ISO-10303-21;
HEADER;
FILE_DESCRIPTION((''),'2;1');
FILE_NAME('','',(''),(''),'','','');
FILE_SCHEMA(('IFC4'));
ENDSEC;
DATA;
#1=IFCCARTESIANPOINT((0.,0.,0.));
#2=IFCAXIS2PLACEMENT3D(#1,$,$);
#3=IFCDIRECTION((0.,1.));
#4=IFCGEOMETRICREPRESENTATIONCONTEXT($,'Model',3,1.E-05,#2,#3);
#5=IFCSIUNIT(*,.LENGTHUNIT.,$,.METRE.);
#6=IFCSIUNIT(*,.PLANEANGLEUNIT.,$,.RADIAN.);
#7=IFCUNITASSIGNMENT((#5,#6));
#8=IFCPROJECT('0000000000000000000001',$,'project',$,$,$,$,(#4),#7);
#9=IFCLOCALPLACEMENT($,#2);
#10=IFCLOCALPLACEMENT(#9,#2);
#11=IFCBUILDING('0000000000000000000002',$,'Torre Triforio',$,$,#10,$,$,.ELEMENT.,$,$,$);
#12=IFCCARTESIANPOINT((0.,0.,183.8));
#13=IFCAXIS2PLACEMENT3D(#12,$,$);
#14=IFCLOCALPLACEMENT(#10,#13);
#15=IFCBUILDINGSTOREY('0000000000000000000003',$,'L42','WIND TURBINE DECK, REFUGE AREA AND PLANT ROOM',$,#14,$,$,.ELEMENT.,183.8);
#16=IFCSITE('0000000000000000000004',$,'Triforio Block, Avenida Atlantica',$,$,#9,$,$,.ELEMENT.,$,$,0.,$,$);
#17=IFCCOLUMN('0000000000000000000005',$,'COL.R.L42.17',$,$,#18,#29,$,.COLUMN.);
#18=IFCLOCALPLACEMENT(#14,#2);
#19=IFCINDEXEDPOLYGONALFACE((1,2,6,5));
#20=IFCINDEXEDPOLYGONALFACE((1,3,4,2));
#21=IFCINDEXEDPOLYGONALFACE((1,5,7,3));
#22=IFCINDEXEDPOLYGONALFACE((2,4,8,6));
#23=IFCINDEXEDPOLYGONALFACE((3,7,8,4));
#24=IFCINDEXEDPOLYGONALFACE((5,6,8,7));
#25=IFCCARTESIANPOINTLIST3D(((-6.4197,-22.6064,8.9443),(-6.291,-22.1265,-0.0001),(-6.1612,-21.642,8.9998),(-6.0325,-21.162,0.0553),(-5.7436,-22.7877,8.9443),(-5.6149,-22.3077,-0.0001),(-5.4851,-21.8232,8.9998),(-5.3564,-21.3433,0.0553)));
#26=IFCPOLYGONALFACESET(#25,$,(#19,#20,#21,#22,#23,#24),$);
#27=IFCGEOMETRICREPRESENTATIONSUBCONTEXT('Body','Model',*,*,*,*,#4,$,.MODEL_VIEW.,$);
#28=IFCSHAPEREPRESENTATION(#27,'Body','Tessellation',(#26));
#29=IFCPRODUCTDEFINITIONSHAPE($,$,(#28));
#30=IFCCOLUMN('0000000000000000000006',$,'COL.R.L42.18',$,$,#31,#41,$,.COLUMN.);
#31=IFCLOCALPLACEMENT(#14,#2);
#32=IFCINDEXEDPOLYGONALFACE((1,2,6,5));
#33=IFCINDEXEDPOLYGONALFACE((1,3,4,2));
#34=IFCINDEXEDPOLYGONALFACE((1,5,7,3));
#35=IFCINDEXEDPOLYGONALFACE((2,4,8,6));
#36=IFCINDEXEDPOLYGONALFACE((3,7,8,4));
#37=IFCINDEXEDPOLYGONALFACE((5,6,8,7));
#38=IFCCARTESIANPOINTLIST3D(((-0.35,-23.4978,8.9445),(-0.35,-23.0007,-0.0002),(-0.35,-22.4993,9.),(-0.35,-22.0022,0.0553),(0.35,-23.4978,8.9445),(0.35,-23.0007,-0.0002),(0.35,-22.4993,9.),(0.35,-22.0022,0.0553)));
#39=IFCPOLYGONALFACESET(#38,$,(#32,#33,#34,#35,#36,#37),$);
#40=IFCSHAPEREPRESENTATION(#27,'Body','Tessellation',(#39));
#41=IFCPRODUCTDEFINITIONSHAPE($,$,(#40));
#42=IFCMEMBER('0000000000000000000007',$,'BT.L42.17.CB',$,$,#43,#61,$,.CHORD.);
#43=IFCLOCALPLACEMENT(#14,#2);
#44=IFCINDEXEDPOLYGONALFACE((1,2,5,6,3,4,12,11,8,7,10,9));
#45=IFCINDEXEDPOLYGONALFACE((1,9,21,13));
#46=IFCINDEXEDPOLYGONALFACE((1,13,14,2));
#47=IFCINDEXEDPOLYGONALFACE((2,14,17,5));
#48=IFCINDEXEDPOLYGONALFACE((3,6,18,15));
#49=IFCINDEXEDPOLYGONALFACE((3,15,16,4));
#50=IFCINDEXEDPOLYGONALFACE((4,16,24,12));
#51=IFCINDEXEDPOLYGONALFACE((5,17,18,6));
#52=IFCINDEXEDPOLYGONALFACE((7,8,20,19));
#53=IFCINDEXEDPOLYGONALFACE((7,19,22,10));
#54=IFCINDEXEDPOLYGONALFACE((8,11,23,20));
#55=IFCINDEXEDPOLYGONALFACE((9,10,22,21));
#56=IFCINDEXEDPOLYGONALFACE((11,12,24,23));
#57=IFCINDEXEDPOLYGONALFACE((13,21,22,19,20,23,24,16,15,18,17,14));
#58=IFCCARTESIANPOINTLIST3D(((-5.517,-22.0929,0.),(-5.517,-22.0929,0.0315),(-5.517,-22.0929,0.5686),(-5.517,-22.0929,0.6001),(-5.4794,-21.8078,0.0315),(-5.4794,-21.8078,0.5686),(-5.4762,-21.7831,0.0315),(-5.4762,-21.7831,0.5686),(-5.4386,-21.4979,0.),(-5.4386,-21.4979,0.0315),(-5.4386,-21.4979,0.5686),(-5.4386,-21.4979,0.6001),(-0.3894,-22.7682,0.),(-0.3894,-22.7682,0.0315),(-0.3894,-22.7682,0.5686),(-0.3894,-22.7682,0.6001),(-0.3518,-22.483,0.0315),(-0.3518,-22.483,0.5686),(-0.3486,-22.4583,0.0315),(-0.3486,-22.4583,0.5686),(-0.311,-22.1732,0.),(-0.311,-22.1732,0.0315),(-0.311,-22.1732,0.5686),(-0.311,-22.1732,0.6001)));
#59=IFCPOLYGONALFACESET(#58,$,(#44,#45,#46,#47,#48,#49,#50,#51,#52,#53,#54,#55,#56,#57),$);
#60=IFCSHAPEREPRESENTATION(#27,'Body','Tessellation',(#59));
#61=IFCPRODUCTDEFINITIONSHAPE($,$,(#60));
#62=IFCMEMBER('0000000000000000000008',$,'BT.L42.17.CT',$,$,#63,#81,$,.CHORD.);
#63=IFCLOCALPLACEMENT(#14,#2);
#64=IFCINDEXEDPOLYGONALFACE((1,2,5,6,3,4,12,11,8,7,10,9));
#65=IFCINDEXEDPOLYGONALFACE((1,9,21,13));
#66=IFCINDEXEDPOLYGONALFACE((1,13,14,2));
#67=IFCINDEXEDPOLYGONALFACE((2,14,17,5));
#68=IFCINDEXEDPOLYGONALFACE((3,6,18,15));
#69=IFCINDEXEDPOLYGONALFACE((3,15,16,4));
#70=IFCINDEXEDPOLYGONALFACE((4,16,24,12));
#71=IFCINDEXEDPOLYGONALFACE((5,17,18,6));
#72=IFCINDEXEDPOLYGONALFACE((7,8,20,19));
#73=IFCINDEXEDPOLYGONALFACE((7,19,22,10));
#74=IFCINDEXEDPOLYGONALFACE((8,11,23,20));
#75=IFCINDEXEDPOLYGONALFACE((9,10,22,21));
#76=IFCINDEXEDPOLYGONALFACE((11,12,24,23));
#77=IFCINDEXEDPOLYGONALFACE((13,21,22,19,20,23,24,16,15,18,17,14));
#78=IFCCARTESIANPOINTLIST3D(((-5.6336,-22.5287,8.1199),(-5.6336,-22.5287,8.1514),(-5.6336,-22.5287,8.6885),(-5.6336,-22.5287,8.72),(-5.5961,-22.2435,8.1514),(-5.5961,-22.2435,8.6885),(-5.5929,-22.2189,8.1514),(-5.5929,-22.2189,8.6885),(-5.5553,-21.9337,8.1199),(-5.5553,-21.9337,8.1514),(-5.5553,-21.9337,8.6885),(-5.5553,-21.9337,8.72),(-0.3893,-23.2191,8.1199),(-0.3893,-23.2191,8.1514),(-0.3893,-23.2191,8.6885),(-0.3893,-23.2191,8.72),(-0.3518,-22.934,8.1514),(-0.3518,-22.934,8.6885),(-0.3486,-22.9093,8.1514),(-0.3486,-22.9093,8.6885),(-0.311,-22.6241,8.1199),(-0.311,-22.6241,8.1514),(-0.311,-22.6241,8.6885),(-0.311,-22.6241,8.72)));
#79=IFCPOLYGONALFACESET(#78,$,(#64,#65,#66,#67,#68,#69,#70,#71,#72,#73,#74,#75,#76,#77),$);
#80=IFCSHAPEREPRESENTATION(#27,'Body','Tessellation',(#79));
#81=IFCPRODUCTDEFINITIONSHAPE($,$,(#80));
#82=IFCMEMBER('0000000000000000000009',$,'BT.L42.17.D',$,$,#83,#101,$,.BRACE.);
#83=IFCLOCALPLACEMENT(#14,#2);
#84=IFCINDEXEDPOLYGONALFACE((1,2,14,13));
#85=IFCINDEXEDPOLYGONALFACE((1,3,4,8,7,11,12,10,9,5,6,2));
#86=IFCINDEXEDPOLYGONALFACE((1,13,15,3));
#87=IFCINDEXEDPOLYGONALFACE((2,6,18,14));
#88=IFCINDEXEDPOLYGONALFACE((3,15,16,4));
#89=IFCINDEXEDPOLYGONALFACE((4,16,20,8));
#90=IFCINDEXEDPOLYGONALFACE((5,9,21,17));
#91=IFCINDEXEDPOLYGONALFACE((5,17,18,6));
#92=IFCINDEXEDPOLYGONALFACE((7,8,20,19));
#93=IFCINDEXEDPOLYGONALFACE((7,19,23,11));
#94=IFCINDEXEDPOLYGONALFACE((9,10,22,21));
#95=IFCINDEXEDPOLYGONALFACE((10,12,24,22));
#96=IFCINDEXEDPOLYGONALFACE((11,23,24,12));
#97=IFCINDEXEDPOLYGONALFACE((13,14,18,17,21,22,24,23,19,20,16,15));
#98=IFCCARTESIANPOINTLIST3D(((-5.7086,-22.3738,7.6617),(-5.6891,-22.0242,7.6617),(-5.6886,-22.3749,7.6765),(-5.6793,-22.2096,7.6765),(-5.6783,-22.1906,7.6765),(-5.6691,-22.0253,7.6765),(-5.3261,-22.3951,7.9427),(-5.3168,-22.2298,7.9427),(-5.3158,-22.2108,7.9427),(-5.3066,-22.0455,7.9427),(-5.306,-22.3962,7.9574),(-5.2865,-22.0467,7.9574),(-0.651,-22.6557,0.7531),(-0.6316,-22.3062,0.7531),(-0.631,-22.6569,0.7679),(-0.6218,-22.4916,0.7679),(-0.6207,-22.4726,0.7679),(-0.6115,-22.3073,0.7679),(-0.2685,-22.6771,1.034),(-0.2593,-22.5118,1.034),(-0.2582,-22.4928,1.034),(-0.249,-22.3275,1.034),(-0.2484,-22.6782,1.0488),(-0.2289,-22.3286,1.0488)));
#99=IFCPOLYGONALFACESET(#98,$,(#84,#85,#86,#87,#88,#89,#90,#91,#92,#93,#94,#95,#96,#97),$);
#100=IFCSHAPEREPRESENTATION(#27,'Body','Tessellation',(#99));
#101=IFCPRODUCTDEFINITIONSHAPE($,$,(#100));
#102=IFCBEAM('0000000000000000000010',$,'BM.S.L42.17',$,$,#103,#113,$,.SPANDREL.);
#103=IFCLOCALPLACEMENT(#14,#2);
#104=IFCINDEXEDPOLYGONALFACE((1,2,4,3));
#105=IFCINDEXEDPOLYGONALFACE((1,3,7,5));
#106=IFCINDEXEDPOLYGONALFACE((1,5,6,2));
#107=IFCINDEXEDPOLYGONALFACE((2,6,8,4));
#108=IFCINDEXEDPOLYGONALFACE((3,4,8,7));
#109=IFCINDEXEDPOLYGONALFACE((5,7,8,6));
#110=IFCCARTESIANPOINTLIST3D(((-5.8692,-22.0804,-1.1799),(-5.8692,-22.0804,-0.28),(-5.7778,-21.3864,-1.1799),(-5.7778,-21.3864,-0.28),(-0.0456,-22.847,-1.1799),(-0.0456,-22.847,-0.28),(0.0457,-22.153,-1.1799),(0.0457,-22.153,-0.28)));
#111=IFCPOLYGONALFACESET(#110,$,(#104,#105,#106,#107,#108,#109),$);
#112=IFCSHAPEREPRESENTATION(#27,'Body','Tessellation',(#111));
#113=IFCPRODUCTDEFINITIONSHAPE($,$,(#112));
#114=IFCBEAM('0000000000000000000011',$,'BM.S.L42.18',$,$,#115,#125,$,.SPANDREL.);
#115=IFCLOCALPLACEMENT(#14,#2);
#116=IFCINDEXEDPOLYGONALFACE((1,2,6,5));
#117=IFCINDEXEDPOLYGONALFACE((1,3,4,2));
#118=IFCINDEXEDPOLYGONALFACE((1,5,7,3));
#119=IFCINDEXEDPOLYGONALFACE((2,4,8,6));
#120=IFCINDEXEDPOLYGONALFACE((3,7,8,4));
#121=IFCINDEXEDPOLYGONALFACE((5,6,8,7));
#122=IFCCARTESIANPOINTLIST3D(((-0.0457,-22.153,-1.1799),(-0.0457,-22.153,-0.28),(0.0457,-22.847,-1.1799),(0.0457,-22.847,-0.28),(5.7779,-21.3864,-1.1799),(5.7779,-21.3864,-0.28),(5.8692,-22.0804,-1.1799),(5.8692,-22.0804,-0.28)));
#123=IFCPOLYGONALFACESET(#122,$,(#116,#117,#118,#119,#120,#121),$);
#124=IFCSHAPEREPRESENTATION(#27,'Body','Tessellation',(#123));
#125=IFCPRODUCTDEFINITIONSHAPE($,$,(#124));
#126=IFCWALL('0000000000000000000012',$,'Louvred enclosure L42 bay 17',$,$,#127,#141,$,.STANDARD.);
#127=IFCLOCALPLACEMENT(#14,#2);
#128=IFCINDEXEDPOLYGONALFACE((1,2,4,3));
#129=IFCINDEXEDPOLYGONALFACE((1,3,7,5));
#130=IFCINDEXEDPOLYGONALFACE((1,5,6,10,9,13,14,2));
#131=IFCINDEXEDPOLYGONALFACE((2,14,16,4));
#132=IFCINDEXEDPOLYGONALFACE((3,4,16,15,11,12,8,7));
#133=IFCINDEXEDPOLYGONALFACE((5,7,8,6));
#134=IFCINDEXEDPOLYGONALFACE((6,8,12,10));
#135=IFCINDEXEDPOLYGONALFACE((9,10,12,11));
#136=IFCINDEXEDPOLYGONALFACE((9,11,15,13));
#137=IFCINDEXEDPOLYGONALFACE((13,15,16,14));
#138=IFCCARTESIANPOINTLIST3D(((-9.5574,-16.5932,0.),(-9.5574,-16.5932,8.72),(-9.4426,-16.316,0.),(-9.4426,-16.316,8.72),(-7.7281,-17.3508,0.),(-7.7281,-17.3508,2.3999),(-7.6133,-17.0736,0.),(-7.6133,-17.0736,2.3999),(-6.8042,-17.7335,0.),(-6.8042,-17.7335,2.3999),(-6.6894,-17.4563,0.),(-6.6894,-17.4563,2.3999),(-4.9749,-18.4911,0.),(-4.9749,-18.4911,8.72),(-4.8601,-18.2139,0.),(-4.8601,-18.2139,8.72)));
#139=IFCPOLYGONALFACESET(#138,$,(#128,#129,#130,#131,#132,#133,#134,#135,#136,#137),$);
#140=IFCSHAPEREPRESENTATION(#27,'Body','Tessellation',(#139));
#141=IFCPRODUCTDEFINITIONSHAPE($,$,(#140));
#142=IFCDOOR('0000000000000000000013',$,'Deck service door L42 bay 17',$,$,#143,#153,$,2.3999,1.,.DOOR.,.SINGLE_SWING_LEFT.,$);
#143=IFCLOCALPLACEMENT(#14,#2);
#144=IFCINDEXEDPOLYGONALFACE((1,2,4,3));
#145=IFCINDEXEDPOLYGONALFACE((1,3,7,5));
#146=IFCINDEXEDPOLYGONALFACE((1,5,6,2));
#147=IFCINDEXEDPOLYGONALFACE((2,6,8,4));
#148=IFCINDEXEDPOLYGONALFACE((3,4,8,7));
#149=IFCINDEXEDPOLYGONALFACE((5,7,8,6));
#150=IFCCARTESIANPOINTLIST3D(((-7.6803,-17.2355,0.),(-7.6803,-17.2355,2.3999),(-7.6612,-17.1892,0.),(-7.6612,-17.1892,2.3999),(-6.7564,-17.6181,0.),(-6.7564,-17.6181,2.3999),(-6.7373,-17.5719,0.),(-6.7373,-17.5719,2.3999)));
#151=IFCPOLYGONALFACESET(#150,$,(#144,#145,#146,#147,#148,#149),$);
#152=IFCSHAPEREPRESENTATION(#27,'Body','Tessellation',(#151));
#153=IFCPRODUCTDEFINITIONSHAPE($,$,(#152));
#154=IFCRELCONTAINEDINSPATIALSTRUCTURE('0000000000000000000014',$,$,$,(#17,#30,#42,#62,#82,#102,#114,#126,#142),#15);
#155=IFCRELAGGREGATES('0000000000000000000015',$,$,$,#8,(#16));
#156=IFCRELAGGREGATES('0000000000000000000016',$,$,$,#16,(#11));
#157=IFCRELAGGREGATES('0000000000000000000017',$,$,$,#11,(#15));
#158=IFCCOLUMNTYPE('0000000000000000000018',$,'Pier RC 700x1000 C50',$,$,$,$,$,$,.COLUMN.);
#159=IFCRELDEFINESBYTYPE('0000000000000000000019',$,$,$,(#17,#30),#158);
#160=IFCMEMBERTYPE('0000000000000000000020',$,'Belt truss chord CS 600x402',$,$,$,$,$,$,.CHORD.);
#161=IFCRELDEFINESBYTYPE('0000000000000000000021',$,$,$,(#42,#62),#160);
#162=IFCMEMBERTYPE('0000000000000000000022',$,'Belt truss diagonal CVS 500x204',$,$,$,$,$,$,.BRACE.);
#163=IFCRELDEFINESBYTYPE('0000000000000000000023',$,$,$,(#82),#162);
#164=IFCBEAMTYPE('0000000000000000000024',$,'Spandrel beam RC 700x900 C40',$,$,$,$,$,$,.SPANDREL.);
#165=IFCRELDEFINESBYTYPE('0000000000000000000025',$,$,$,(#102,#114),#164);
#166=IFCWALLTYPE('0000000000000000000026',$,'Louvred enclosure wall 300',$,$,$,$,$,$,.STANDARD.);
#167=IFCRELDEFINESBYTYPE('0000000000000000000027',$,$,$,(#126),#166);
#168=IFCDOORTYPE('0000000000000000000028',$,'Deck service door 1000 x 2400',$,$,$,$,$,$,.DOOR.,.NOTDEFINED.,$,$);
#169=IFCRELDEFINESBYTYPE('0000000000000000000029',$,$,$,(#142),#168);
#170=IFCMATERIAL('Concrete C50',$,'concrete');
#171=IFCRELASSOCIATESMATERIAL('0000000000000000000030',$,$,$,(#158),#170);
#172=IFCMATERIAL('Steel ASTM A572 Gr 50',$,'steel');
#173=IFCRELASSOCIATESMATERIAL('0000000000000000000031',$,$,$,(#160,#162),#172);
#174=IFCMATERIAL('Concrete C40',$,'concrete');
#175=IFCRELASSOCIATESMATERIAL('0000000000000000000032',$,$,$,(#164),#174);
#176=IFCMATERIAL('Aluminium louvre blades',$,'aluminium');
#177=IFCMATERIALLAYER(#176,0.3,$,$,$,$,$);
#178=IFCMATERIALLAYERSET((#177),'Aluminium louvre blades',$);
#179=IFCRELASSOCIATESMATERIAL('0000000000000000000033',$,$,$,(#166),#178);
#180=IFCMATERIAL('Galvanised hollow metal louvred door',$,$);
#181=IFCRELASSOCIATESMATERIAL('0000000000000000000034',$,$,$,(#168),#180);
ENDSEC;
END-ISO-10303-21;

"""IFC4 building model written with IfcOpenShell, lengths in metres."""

from ifc_helpers import new_model, si_unit, direction, frame, frame_2d, origin, origin_2d, place, context, subcontext, project, spatial, rectangle, i_section, extrude, material, layer, layer_set, material_profile, profile_set, type_object, element, fill, save


model = new_model("IFC4")

# Units and contexts
model_context = context("Model", 3, precision=1e-05, world=origin(), true_north=direction((0.0, 1.0)))
body_context = subcontext(model_context, "Body", "Model", "MODEL_VIEW")
ifc_project = project(units=[si_unit("LENGTHUNIT", "METRE"), si_unit("PLANEANGLEUNIT", "RADIAN")], contexts=[model_context])

# Site, building, storey
site_placement = place(None, origin())
site = spatial("IfcSite", under=ifc_project, at=site_placement, Name="Triforio Block, Avenida Atlantica", CompositionType="ELEMENT", RefElevation=0.0)
building_placement = place(site_placement, origin())
building = spatial("IfcBuilding", under=site, at=building_placement, Name="Torre Triforio", CompositionType="ELEMENT")
storey_placement = place(building_placement, frame((0.0, 0.0, 183.8)))
storey = spatial("IfcBuildingStorey", under=building, at=storey_placement, Name="L42", Description="WIND TURBINE DECK, REFUGE AREA AND PLANT ROOM", CompositionType="ELEMENT", Elevation=183.8)

# Columns
ifc_material_1 = material(Name="Concrete C50", Category="concrete")
ifc_material_profile_1 = material_profile(ifc_material_1, rectangle(XDim=0.7, YDim=1.0, at=origin_2d()), Name="RC 700x1000")
ifc_profile_set_1 = profile_set([ifc_material_profile_1], Name="Concrete C50")
column_type = type_object("IfcColumnType", Name="Pier RC 700x1000 C50", PredefinedType="COLUMN", material=ifc_profile_set_1)
column_1_placement = place(storey_placement, frame((-5.8237, -21.7349, 0.0276), z_axis=(-0.014362, -0.053579, 0.99846), x_axis=(0.9659, -0.258916, 0.0)))
element("IfcColumn", 1, at=column_1_placement, inside=storey, type_object=column_type, Name="COL.R.L42.17", PredefinedType="COLUMN", context=body_context, shape_type="SweptSolid", body=[
    extrude(rectangle(XDim=0.7, YDim=1.0, at=origin_2d()), origin(), (0.0, 0.0, 1.0), 8.9583),
])
column_2_placement = place(storey_placement, frame((0.0, -22.5015, 0.0276), z_axis=(0.0, -0.055487, 0.998459), x_axis=(1.0, 0.0, 0.0)))
element("IfcColumn", 2, at=column_2_placement, inside=storey, type_object=column_type, Name="COL.R.L42.18", PredefinedType="COLUMN", context=body_context, shape_type="SweptSolid", body=[
    extrude(rectangle(XDim=0.7, YDim=1.0, at=origin_2d()), origin(), (0.0, 0.0, 1.0), 8.9585),
])

# Members
ifc_material_2 = material(Name="Steel ASTM A572 Gr 50", Category="steel")
ifc_material_profile_2 = material_profile(ifc_material_2, i_section(OverallWidth=0.6001, OverallDepth=0.6001, WebThickness=0.0249, FlangeThickness=0.0315, at=origin_2d()), Name="CS 600x402")
ifc_profile_set_2 = profile_set([ifc_material_profile_2], Name="Steel ASTM A572 Gr 50")
member_type_1 = type_object("IfcMemberType", Name="Belt truss chord CS 600x402", PredefinedType="CHORD", material=ifc_profile_set_2)
member_1_placement = place(storey_placement, frame((-5.4778, -21.7954, 0.3), z_axis=(0.991439, -0.130568, 0.0), x_axis=(0.130568, 0.991439, 0.0)))
element("IfcMember", 3, at=member_1_placement, inside=storey, type_object=member_type_1, Name="BT.L42.17.CB", PredefinedType="CHORD", context=body_context, shape_type="SweptSolid", body=[
    extrude(i_section(OverallWidth=0.6001, OverallDepth=0.6001, WebThickness=0.0249, FlangeThickness=0.0315, at=origin_2d()), origin(), (0.0, 0.0, 1.0), 5.1719),
])
member_2_placement = place(storey_placement, frame((-5.5945, -22.2312, 8.4199), z_axis=(0.991445, -0.130525, 0.0), x_axis=(0.130525, 0.991445, 0.0)))
element("IfcMember", 4, at=member_2_placement, inside=storey, type_object=member_type_1, Name="BT.L42.17.CT", PredefinedType="CHORD", context=body_context, shape_type="SweptSolid", body=[
    extrude(i_section(OverallWidth=0.6001, OverallDepth=0.6001, WebThickness=0.0249, FlangeThickness=0.0315, at=origin_2d()), origin(), (0.0, 0.0, 1.0), 5.2896),
])
ifc_material_profile_3 = material_profile(ifc_material_2, i_section(OverallWidth=0.3501, OverallDepth=0.5, WebThickness=0.019, FlangeThickness=0.0249, at=origin_2d()), Name="CVS 500x204")
ifc_profile_set_3 = profile_set([ifc_material_profile_3], Name="Steel ASTM A572 Gr 50")
member_type_2 = type_object("IfcMemberType", Name="Belt truss diagonal CVS 500x204", PredefinedType="BRACE", material=ifc_profile_set_3)
member_3_placement = place(storey_placement, frame((-5.4976, -22.2102, 7.8096), z_axis=(0.590378, -0.032916, -0.806455), x_axis=(0.055668, 0.998449, 0.0)))
element("IfcMember", 5, at=member_3_placement, inside=storey, type_object=member_type_2, Name="BT.L42.17.D", PredefinedType="BRACE", context=body_context, shape_type="SweptSolid", body=[
    extrude(i_section(OverallWidth=0.3501, OverallDepth=0.5, WebThickness=0.019, FlangeThickness=0.0249, at=origin_2d()), origin(), (0.0, 0.0, 1.0), 8.5667),
])

# Beams
ifc_material_3 = material(Name="Concrete C40", Category="concrete")
ifc_material_profile_4 = material_profile(ifc_material_3, rectangle(XDim=0.7, YDim=0.8999, at=origin_2d()), Name="RC 700x900")
ifc_profile_set_4 = profile_set([ifc_material_profile_4], Name="Concrete C40")
beam_type = type_object("IfcBeamType", Name="Spandrel beam RC 700x900 C40", PredefinedType="SPANDREL", material=ifc_profile_set_4)
for number, where, z_axis, x_axis, name in (
    (6, (-5.8235, -21.7334, -0.73), (0.991447, -0.130514, 0.0), (0.130514, 0.991447, 0.0), "BM.S.L42.17"),
    (7, (0.0, -22.5, -0.73), (0.991447, 0.130514, 0.0), (-0.130514, 0.991447, 0.0), "BM.S.L42.18"),
):
    element("IfcBeam", number, at=place(storey_placement, frame(where, z_axis=z_axis, x_axis=x_axis)), inside=storey, type_object=beam_type, Name=name, PredefinedType="SPANDREL", context=body_context, shape_type="SweptSolid", body=[
        extrude(rectangle(XDim=0.7, YDim=0.8999, at=origin_2d()), origin(), (0.0, 0.0, 1.0), 5.8738),
    ])

# Wall, opening, door
ifc_material_4 = material(Name="Aluminium louvre blades", Category="aluminium")
ifc_layer_1 = layer(ifc_material_4, 0.3)
ifc_layer_set_1 = layer_set([ifc_layer_1], Name="Aluminium louvre blades")
wall_type_1 = type_object("IfcWallType", Name="Louvred enclosure wall 300", PredefinedType="STANDARD", material=ifc_layer_set_1)
wall_1_placement = place(storey_placement, frame((-9.5, -16.4546, 0.0), z_axis=(0.0, 0.0, 1.0), x_axis=(0.923893, -0.38265, 0.0)))
wall_1 = element("IfcWall", 8, at=wall_1_placement, inside=storey, type_object=wall_type_1, Name="Louvred enclosure L42 bay 17", PredefinedType="STANDARD", context=body_context, shape_type="SweptSolid", body=[
    extrude(rectangle(XDim=4.96, YDim=0.3, at=frame_2d((2.48, 0.0))), origin(), (0.0, 0.0, 1.0), 8.72),
])
opening_1_placement = place(wall_1_placement, frame((1.98, 0.0, 0.0)))
opening_1 = element("IfcOpeningElement", 9, at=opening_1_placement, cuts=wall_1, PredefinedType="OPENING", context=body_context, shape_type="SweptSolid", body=[
    extrude(rectangle(XDim=1.0, YDim=2.3999, at=frame_2d((0.5, 1.2))), frame((0.0, 0.1599, 0.0), z_axis=(0.0, -1.0, 0.0), x_axis=(1.0, 0.0, 0.0)), (0.0, 0.0, 1.0), 0.3201),
])
ifc_material_5 = material(Name="Galvanised hollow metal louvred door")
door_type_1 = type_object("IfcDoorType", Name="Deck service door 1000 x 2400", OperationType="NOTDEFINED", PredefinedType="DOOR", material=ifc_material_5)
door_1_placement = place(opening_1_placement, origin())
door_1 = element("IfcDoor", 10, at=door_1_placement, inside=storey, type_object=door_type_1, Name="Deck service door L42 bay 17", OperationType="SINGLE_SWING_LEFT", OverallHeight=2.3999, OverallWidth=1.0, PredefinedType="DOOR", context=body_context, shape_type="SweptSolid", body=[
    extrude(rectangle(XDim=1.0, YDim=2.3999, at=frame_2d((0.5, 1.2))), frame((0.0, 0.0249, 0.0), z_axis=(0.0, -1.0, 0.0), x_axis=(1.0, 0.0, 0.0)), (0.0, 0.0, 1.0), 0.05),
])
fill(opening_1, door_1)

save(model, "model.ifc")
